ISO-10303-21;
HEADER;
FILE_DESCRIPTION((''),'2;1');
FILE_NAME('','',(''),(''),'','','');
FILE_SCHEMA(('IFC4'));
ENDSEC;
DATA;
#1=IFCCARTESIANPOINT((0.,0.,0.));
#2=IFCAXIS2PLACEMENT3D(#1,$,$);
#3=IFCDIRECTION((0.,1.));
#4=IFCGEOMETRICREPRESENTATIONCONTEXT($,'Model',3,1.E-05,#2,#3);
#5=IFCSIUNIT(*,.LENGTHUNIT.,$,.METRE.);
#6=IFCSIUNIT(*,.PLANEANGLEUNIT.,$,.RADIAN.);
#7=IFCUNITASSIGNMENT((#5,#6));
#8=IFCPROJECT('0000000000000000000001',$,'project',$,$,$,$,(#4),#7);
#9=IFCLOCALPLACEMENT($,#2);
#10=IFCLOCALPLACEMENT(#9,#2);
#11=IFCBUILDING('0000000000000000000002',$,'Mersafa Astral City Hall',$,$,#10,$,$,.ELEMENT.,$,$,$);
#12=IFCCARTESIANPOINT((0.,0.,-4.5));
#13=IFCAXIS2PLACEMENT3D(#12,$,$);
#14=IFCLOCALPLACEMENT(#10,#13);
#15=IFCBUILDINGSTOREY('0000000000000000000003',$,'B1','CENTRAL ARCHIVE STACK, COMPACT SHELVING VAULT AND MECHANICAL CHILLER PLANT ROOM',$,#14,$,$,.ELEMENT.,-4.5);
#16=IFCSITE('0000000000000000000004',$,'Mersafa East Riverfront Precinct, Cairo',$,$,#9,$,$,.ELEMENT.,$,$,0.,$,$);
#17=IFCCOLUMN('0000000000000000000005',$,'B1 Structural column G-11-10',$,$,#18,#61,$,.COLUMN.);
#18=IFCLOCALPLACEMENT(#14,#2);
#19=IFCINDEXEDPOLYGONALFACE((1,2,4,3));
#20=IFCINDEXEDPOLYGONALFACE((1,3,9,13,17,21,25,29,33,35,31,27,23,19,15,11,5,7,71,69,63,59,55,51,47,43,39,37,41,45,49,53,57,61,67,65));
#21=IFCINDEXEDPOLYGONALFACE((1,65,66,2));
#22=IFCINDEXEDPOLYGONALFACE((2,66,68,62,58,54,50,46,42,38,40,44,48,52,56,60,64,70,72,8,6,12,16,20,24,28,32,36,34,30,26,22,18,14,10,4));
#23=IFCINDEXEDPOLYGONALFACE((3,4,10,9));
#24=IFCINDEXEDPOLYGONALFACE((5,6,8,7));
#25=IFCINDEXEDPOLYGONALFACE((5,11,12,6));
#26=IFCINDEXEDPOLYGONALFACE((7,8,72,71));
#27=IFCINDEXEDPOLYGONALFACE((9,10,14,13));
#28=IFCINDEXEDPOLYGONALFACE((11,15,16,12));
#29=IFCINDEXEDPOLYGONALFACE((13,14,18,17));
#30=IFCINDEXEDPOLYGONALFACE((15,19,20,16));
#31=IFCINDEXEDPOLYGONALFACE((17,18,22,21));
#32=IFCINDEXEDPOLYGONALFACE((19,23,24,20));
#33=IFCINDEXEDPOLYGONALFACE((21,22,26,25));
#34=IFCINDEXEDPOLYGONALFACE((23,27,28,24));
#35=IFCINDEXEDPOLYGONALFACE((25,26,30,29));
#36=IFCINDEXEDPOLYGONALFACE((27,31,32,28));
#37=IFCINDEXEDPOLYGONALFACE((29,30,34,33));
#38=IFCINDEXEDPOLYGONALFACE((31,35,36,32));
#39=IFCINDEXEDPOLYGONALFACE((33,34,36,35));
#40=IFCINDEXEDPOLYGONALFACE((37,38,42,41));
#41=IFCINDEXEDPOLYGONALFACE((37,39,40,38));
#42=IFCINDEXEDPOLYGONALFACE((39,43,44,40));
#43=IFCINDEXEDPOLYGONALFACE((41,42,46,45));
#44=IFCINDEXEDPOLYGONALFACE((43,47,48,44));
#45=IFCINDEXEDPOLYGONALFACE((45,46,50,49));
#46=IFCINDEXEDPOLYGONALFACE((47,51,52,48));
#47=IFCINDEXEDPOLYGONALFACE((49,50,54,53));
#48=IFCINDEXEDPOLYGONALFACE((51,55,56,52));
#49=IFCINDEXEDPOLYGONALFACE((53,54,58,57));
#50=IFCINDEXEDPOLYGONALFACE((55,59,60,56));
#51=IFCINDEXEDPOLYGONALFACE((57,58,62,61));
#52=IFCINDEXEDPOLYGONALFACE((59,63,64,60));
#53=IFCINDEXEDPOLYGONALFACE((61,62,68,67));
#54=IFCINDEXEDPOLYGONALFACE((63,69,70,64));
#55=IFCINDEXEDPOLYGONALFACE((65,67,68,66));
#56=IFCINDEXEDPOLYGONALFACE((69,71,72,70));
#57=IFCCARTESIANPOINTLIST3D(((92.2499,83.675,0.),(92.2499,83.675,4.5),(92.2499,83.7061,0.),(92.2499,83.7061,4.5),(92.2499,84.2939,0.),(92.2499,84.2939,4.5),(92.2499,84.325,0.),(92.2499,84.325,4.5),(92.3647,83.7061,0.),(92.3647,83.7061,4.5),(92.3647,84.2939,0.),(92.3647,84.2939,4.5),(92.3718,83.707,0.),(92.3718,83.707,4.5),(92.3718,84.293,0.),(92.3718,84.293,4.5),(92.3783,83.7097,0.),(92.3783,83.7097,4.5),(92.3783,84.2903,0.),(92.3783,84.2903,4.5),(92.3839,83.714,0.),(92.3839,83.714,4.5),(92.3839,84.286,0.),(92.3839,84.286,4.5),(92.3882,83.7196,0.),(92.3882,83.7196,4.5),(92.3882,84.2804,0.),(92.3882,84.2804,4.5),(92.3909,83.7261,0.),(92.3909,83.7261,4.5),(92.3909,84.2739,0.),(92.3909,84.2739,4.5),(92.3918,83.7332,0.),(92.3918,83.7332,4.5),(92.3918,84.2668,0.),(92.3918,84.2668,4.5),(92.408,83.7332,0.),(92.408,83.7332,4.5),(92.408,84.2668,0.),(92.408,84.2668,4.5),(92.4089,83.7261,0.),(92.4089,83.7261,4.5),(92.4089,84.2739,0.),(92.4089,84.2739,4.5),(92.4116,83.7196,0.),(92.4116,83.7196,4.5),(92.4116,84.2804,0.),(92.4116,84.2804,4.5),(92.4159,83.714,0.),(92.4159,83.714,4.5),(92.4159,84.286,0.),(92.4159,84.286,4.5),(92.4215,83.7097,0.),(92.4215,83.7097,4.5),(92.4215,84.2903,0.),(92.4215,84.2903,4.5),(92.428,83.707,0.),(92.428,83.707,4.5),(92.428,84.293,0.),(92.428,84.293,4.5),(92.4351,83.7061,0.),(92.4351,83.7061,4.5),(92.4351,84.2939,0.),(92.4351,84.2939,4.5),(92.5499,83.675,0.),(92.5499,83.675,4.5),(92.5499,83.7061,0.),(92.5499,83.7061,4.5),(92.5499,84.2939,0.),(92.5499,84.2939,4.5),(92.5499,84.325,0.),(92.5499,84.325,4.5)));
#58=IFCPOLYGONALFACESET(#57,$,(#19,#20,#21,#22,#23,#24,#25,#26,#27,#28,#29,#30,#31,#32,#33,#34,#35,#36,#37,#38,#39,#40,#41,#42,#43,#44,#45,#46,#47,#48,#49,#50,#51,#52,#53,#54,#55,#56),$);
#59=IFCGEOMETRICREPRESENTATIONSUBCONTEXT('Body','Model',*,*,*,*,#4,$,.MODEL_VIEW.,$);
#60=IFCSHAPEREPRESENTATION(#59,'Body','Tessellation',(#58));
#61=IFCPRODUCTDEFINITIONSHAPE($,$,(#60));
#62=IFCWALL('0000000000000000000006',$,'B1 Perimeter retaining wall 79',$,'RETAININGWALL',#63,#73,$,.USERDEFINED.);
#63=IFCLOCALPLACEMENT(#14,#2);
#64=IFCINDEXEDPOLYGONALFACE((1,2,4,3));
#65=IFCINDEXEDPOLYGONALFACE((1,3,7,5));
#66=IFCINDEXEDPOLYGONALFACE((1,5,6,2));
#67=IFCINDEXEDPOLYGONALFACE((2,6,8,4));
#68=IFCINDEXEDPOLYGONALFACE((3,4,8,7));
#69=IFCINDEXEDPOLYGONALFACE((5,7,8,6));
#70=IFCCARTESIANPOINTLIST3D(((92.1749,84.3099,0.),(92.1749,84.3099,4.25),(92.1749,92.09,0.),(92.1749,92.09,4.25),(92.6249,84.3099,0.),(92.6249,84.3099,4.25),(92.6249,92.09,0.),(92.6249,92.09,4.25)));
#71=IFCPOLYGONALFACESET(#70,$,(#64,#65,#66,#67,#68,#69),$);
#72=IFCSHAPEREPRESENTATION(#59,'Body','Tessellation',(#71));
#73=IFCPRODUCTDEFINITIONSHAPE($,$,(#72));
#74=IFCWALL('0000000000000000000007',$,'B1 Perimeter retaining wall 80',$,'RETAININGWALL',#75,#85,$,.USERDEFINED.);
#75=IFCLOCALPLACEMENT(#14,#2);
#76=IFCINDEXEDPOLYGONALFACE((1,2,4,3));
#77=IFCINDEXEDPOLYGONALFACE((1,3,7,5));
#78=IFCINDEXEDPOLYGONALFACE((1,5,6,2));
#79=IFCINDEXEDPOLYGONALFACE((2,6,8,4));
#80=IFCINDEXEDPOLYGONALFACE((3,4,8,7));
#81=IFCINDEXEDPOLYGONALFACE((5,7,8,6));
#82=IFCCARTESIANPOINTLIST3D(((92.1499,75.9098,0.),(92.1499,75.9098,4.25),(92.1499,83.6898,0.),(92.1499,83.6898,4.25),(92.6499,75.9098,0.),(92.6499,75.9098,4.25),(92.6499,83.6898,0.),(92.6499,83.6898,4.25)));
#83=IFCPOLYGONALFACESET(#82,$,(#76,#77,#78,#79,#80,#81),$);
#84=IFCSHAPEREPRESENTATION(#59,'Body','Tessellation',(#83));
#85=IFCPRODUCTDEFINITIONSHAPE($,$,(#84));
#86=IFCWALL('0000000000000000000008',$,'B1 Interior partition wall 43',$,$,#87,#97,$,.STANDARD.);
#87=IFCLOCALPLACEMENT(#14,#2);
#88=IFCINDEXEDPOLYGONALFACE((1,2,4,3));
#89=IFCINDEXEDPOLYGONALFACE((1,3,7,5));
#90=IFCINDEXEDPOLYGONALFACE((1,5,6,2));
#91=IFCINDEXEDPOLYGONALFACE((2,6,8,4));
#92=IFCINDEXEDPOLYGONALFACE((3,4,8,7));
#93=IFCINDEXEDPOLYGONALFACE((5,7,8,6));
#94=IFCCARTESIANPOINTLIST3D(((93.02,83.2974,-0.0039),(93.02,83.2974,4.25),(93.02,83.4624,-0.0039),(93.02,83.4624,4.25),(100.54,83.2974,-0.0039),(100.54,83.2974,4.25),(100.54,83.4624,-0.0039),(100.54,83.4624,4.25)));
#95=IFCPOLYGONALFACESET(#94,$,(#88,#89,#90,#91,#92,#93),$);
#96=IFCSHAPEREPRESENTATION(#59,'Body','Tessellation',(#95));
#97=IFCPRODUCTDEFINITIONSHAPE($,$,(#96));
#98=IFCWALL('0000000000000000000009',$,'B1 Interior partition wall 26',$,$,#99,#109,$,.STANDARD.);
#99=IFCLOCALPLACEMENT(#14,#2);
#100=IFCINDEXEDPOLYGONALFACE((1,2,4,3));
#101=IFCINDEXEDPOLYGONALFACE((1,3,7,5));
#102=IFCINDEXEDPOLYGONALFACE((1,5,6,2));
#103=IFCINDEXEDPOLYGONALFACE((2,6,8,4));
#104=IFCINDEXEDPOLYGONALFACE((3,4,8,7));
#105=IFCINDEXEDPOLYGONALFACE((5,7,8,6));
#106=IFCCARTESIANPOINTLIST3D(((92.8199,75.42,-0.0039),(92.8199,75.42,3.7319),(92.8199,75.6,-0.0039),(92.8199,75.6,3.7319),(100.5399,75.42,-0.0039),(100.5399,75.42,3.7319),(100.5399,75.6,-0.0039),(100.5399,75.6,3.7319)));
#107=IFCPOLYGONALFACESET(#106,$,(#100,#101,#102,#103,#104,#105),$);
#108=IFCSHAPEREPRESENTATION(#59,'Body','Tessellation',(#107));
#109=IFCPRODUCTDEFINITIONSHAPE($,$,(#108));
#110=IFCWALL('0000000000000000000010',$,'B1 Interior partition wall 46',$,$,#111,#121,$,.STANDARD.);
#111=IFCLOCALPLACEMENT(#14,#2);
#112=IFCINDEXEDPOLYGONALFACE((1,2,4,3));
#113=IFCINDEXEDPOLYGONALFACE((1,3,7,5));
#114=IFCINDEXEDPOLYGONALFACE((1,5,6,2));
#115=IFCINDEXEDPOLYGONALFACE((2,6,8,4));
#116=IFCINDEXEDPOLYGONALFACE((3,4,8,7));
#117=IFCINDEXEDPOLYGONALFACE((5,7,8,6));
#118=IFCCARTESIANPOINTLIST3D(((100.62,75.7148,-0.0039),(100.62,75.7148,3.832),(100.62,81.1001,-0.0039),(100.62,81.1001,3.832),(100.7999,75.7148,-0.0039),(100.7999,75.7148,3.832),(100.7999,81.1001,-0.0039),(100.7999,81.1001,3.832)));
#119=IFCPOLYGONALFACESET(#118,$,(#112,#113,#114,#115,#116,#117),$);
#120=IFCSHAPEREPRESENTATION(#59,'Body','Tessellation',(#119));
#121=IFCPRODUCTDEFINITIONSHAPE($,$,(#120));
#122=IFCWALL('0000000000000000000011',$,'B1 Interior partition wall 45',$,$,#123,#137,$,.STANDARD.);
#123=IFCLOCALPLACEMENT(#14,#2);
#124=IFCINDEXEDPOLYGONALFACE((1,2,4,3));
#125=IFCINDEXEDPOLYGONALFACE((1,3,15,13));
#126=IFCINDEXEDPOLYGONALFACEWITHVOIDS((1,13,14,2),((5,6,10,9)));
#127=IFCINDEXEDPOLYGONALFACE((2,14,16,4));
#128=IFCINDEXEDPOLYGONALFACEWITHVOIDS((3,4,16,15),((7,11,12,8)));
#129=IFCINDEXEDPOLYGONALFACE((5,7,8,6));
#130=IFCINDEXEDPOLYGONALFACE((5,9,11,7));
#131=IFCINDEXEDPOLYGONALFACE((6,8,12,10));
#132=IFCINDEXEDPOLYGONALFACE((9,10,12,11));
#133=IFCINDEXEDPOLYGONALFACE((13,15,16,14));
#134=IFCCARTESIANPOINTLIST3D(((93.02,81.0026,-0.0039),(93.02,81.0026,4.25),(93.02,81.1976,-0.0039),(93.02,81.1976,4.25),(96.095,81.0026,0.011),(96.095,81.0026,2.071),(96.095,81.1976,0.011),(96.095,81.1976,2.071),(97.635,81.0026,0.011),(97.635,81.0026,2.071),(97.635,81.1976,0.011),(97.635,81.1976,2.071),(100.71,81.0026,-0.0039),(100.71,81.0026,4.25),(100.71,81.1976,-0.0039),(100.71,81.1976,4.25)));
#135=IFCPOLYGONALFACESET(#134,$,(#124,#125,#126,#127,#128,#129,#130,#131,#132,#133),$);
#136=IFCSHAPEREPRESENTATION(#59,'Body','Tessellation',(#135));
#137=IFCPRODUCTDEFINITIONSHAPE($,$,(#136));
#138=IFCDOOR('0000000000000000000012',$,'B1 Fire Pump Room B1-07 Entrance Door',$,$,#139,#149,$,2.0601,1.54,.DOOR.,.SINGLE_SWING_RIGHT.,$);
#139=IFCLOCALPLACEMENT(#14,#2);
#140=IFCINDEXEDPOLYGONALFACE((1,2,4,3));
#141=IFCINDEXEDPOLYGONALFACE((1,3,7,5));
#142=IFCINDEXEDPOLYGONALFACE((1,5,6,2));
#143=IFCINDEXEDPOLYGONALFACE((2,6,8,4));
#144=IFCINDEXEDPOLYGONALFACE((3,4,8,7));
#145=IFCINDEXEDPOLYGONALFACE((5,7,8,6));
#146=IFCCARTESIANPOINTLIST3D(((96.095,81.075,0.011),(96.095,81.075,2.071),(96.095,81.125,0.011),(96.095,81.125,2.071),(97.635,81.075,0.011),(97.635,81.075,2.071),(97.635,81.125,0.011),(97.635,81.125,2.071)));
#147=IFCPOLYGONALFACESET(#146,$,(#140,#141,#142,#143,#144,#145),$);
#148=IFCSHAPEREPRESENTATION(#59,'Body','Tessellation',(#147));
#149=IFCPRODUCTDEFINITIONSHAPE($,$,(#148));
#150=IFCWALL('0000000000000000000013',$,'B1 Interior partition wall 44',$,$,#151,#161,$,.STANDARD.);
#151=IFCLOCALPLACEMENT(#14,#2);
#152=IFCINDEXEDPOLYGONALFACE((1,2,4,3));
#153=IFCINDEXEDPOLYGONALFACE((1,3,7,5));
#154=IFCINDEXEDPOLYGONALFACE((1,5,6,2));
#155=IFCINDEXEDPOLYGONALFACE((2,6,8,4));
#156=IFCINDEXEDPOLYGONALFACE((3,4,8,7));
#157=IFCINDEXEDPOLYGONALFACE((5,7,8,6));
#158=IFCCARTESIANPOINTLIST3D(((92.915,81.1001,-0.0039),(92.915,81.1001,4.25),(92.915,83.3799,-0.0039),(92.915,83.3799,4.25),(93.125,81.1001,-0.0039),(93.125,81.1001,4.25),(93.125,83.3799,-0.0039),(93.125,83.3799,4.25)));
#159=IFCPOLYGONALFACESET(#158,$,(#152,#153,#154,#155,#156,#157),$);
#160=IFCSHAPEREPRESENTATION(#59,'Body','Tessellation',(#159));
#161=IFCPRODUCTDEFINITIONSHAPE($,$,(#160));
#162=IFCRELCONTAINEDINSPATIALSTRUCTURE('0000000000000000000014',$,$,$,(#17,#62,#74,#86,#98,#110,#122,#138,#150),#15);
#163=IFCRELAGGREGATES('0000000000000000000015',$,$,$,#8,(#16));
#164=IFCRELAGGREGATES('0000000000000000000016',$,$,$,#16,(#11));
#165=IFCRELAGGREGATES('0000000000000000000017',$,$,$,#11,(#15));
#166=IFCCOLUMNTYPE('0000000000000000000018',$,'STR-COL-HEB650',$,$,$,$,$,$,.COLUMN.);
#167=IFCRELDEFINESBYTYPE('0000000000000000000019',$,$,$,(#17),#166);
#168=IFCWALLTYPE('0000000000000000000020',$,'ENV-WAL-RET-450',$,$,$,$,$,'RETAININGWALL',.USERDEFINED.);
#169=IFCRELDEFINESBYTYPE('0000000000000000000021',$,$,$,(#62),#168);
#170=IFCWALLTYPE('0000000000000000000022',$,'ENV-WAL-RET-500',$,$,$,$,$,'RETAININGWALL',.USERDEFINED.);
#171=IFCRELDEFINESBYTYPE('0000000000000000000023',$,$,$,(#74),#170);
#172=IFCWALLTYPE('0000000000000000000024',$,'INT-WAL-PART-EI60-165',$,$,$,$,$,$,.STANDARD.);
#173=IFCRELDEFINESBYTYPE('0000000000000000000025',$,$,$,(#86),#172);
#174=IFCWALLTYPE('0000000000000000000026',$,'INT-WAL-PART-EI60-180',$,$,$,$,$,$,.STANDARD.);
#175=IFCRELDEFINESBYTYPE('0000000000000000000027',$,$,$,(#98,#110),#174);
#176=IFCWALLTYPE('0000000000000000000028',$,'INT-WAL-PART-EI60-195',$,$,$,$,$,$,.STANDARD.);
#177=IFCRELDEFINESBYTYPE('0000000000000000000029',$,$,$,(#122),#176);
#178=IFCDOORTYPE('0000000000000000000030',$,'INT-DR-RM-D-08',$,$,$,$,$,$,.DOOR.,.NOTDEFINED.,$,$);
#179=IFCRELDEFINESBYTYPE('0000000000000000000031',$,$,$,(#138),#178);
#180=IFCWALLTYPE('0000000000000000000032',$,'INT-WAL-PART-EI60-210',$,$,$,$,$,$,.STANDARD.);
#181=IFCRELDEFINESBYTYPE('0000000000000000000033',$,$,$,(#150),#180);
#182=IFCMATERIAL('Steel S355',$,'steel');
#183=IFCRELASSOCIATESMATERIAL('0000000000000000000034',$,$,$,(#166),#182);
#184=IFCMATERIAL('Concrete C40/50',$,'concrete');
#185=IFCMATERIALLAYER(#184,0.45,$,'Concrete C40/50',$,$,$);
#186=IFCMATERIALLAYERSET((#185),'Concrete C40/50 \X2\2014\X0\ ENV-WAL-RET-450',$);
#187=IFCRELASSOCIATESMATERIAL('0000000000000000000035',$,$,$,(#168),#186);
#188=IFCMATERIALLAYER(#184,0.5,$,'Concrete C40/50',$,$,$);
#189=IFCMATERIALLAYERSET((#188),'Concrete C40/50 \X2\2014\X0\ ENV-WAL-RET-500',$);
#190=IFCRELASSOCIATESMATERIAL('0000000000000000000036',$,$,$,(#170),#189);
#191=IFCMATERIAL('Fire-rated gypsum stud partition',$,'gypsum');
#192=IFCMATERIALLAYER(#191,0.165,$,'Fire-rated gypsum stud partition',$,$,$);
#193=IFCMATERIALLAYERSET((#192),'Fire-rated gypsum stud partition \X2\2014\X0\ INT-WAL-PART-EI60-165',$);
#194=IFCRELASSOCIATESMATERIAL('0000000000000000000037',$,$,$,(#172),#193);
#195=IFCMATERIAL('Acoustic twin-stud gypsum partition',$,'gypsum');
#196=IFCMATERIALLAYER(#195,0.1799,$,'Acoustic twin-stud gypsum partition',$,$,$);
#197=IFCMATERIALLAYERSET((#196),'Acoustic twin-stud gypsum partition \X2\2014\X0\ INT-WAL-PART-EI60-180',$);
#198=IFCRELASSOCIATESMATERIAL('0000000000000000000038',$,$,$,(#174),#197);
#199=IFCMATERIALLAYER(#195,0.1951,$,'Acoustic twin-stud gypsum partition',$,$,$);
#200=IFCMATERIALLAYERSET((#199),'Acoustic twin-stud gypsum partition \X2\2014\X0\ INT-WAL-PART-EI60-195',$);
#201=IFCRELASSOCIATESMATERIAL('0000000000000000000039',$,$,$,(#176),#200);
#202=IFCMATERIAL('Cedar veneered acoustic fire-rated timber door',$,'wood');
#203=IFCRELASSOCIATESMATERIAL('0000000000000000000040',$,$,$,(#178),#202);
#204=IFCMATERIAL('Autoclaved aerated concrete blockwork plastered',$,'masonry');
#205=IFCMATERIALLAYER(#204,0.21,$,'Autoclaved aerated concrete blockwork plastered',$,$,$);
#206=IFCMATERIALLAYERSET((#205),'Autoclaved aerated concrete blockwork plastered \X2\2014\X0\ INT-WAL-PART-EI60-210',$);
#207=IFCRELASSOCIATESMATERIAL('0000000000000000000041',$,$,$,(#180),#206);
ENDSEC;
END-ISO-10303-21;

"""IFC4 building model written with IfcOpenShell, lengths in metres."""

from ifc_helpers import new_model, si_unit, direction, frame, frame_2d, origin, origin_2d, place, context, subcontext, project, spatial, rectangle, i_section, extrude, material, layer, layer_set, material_profile, profile_set, type_object, element, fill, save


model = new_model("IFC4")

# Units and contexts
model_context = context("Model", 3, precision=1e-05, world=origin(), true_north=direction((0.0, 1.0)))
body_context = subcontext(model_context, "Body", "Model", "MODEL_VIEW")
ifc_project = project(units=[si_unit("LENGTHUNIT", "METRE"), si_unit("PLANEANGLEUNIT", "RADIAN")], contexts=[model_context])

# Site, building, storey
site_placement = place(None, origin())
site = spatial("IfcSite", under=ifc_project, at=site_placement, Name="Mersafa East Riverfront Precinct, Cairo", CompositionType="ELEMENT", RefElevation=0.0)
building_placement = place(site_placement, origin())
building = spatial("IfcBuilding", under=site, at=building_placement, Name="Mersafa Astral City Hall", CompositionType="ELEMENT")
storey_placement = place(building_placement, frame((0.0, 0.0, -4.5)))
storey = spatial("IfcBuildingStorey", under=building, at=storey_placement, Name="B1", Description="CENTRAL ARCHIVE STACK, COMPACT SHELVING VAULT AND MECHANICAL CHILLER PLANT ROOM", CompositionType="ELEMENT", Elevation=-4.5)

# Shared definitions
ifc_material_1 = material(Name="Concrete C40/50", Category="concrete")

# Column
ifc_material_2 = material(Name="Steel S355", Category="steel")
ifc_material_profile_1 = material_profile(ifc_material_2, i_section(OverallWidth=0.3, OverallDepth=0.6499, WebThickness=0.0161, FlangeThickness=0.031, FilletRadius=0.0271, at=origin_2d()), Name="HEB 650")
ifc_profile_set_1 = profile_set([ifc_material_profile_1], Name="Steel S355")
column_type = type_object("IfcColumnType", Name="STR-COL-HEB650", PredefinedType="COLUMN", material=ifc_profile_set_1)
column_placement = place(storey_placement, frame((92.3999, 84.0, 0.0), z_axis=(0.0, 0.0, 1.0), x_axis=(1.0, 0.0, 0.0)))
element("IfcColumn", 1, at=column_placement, inside=storey, type_object=column_type, Name="B1 Structural column G-11-10", PredefinedType="COLUMN", context=body_context, shape_type="SweptSolid", body=[
    extrude(i_section(OverallWidth=0.3, OverallDepth=0.6499, WebThickness=0.0161, FlangeThickness=0.031, FilletRadius=0.0271, at=origin_2d()), origin(), (0.0, 0.0, 1.0), 4.5),
])

# Walls
ifc_layer_1 = layer(ifc_material_1, 0.45, Name="Concrete C40/50")
ifc_layer_set_1 = layer_set([ifc_layer_1], Name="Concrete C40/50 — ENV-WAL-RET-450")
wall_type_1 = type_object("IfcWallType", Name="ENV-WAL-RET-450", ElementType="RETAININGWALL", PredefinedType="USERDEFINED", material=ifc_layer_set_1)
wall_1_placement = place(storey_placement, frame((92.3999, 92.0901, 0.0), z_axis=(0.0, 0.0, 1.0), x_axis=(0.0, -1.0, 0.0)))
element("IfcWall", 2, at=wall_1_placement, inside=storey, type_object=wall_type_1, Name="B1 Perimeter retaining wall 79", ObjectType="RETAININGWALL", PredefinedType="USERDEFINED", context=body_context, shape_type="SweptSolid", body=[
    extrude(rectangle(XDim=7.78, YDim=0.45, at=frame_2d((3.8901, 0.0))), origin(), (0.0, 0.0, 1.0), 4.25),
])
ifc_layer_2 = layer(ifc_material_1, 0.5, Name="Concrete C40/50")
ifc_layer_set_2 = layer_set([ifc_layer_2], Name="Concrete C40/50 — ENV-WAL-RET-500")
wall_type_2 = type_object("IfcWallType", Name="ENV-WAL-RET-500", ElementType="RETAININGWALL", PredefinedType="USERDEFINED", material=ifc_layer_set_2)
wall_2_placement = place(storey_placement, frame((92.3999, 83.6899, 0.0), z_axis=(0.0, 0.0, 1.0), x_axis=(0.0, -1.0, 0.0)))
element("IfcWall", 3, at=wall_2_placement, inside=storey, type_object=wall_type_2, Name="B1 Perimeter retaining wall 80", ObjectType="RETAININGWALL", PredefinedType="USERDEFINED", context=body_context, shape_type="SweptSolid", body=[
    extrude(rectangle(XDim=7.78, YDim=0.5, at=frame_2d((3.8901, 0.0))), origin(), (0.0, 0.0, 1.0), 4.25),
])
ifc_material_3 = material(Name="Fire-rated gypsum stud partition", Category="gypsum")
ifc_layer_3 = layer(ifc_material_3, 0.165, Name="Fire-rated gypsum stud partition")
ifc_layer_set_3 = layer_set([ifc_layer_3], Name="Fire-rated gypsum stud partition — INT-WAL-PART-EI60-165")
wall_type_3 = type_object("IfcWallType", Name="INT-WAL-PART-EI60-165", PredefinedType="STANDARD", material=ifc_layer_set_3)
wall_3_placement = place(storey_placement, frame((100.54, 83.3799, -0.0039), z_axis=(0.0, 0.0, 1.0), x_axis=(-1.0, 0.0, 0.0)))
element("IfcWall", 4, at=wall_3_placement, inside=storey, type_object=wall_type_3, Name="B1 Interior partition wall 43", PredefinedType="STANDARD", context=body_context, shape_type="SweptSolid", body=[
    extrude(rectangle(XDim=7.52, YDim=0.165, at=frame_2d((3.76, 0.0))), origin(), (0.0, 0.0, 1.0), 4.2539),
])
ifc_material_4 = material(Name="Acoustic twin-stud gypsum partition", Category="gypsum")
ifc_layer_4 = layer(ifc_material_4, 0.1799, Name="Acoustic twin-stud gypsum partition")
ifc_layer_set_4 = layer_set([ifc_layer_4], Name="Acoustic twin-stud gypsum partition — INT-WAL-PART-EI60-180")
wall_type_4 = type_object("IfcWallType", Name="INT-WAL-PART-EI60-180", PredefinedType="STANDARD", material=ifc_layer_set_4)
wall_4_placement = place(storey_placement, frame((92.8201, 75.51, -0.0039), z_axis=(0.0, 0.0, 1.0), x_axis=(1.0, 0.0, 0.0)))
element("IfcWall", 5, at=wall_4_placement, inside=storey, type_object=wall_type_4, Name="B1 Interior partition wall 26", PredefinedType="STANDARD", context=body_context, shape_type="SweptSolid", body=[
    extrude(rectangle(XDim=7.72, YDim=0.1799, at=frame_2d((3.8599, 0.0))), origin(), (0.0, 0.0, 1.0), 3.7358),
])
wall_5_placement = place(storey_placement, frame((100.71, 81.1001, -0.0039), z_axis=(0.0, 0.0, 1.0), x_axis=(0.0, -1.0, 0.0)))
element("IfcWall", 6, at=wall_5_placement, inside=storey, type_object=wall_type_4, Name="B1 Interior partition wall 46", PredefinedType="STANDARD", context=body_context, shape_type="SweptSolid", body=[
    extrude(rectangle(XDim=5.3853, YDim=0.1799, at=frame_2d((2.6926, 0.0))), origin(), (0.0, 0.0, 1.0), 3.8359),
])

# Wall, opening, door
ifc_layer_5 = layer(ifc_material_4, 0.1951, Name="Acoustic twin-stud gypsum partition")
ifc_layer_set_5 = layer_set([ifc_layer_5], Name="Acoustic twin-stud gypsum partition — INT-WAL-PART-EI60-195")
wall_type_5 = type_object("IfcWallType", Name="INT-WAL-PART-EI60-195", PredefinedType="STANDARD", material=ifc_layer_set_5)
wall_6_placement = place(storey_placement, frame((93.02, 81.1001, -0.0039), z_axis=(0.0, 0.0, 1.0), x_axis=(1.0, 0.0, 0.0)))
wall_6 = element("IfcWall", 7, at=wall_6_placement, inside=storey, type_object=wall_type_5, Name="B1 Interior partition wall 45", PredefinedType="STANDARD", context=body_context, shape_type="SweptSolid", body=[
    extrude(rectangle(XDim=7.6899, YDim=0.1951, at=frame_2d((3.845, 0.0))), origin(), (0.0, 0.0, 1.0), 4.2539),
])
opening_placement = place(wall_6_placement, frame((3.075, 0.0, 0.0149)))
opening = element("IfcOpeningElement", 8, at=opening_placement, cuts=wall_6, PredefinedType="OPENING", context=body_context, shape_type="SweptSolid", body=[
    extrude(rectangle(XDim=1.54, YDim=2.0601, at=frame_2d((0.77, 1.03))), frame((0.0, 0.1074, 0.0), z_axis=(0.0, -1.0, 0.0), x_axis=(1.0, 0.0, 0.0)), (0.0, 0.0, 1.0), 0.2151),
])
ifc_material_5 = material(Name="Cedar veneered acoustic fire-rated timber door", Category="wood")
door_type = type_object("IfcDoorType", Name="INT-DR-RM-D-08", OperationType="NOTDEFINED", PredefinedType="DOOR", material=ifc_material_5)
door_placement = place(opening_placement, origin())
door = element("IfcDoor", 9, at=door_placement, inside=storey, type_object=door_type, Name="B1 Fire Pump Room B1-07 Entrance Door", OperationType="SINGLE_SWING_RIGHT", OverallHeight=2.0601, OverallWidth=1.54, PredefinedType="DOOR", context=body_context, shape_type="SweptSolid", body=[
    extrude(rectangle(XDim=1.54, YDim=2.0601, at=frame_2d((0.77, 1.03))), frame((0.0, 0.0249, 0.0), z_axis=(0.0, -1.0, 0.0), x_axis=(1.0, 0.0, 0.0)), (0.0, 0.0, 1.0), 0.05),
])
fill(opening, door)

# Wall
ifc_material_6 = material(Name="Autoclaved aerated concrete blockwork plastered", Category="masonry")
ifc_layer_6 = layer(ifc_material_6, 0.21, Name="Autoclaved aerated concrete blockwork plastered")
ifc_layer_set_6 = layer_set([ifc_layer_6], Name="Autoclaved aerated concrete blockwork plastered — INT-WAL-PART-EI60-210")
wall_type_6 = type_object("IfcWallType", Name="INT-WAL-PART-EI60-210", PredefinedType="STANDARD", material=ifc_layer_set_6)
wall_7_placement = place(storey_placement, frame((93.02, 83.3799, -0.0039), z_axis=(0.0, 0.0, 1.0), x_axis=(0.0, -1.0, 0.0)))
element("IfcWall", 10, at=wall_7_placement, inside=storey, type_object=wall_type_6, Name="B1 Interior partition wall 44", PredefinedType="STANDARD", context=body_context, shape_type="SweptSolid", body=[
    extrude(rectangle(XDim=2.2798, YDim=0.21, at=frame_2d((1.1399, 0.0))), origin(), (0.0, 0.0, 1.0), 4.2539),
])

save(model, "model.ifc")
